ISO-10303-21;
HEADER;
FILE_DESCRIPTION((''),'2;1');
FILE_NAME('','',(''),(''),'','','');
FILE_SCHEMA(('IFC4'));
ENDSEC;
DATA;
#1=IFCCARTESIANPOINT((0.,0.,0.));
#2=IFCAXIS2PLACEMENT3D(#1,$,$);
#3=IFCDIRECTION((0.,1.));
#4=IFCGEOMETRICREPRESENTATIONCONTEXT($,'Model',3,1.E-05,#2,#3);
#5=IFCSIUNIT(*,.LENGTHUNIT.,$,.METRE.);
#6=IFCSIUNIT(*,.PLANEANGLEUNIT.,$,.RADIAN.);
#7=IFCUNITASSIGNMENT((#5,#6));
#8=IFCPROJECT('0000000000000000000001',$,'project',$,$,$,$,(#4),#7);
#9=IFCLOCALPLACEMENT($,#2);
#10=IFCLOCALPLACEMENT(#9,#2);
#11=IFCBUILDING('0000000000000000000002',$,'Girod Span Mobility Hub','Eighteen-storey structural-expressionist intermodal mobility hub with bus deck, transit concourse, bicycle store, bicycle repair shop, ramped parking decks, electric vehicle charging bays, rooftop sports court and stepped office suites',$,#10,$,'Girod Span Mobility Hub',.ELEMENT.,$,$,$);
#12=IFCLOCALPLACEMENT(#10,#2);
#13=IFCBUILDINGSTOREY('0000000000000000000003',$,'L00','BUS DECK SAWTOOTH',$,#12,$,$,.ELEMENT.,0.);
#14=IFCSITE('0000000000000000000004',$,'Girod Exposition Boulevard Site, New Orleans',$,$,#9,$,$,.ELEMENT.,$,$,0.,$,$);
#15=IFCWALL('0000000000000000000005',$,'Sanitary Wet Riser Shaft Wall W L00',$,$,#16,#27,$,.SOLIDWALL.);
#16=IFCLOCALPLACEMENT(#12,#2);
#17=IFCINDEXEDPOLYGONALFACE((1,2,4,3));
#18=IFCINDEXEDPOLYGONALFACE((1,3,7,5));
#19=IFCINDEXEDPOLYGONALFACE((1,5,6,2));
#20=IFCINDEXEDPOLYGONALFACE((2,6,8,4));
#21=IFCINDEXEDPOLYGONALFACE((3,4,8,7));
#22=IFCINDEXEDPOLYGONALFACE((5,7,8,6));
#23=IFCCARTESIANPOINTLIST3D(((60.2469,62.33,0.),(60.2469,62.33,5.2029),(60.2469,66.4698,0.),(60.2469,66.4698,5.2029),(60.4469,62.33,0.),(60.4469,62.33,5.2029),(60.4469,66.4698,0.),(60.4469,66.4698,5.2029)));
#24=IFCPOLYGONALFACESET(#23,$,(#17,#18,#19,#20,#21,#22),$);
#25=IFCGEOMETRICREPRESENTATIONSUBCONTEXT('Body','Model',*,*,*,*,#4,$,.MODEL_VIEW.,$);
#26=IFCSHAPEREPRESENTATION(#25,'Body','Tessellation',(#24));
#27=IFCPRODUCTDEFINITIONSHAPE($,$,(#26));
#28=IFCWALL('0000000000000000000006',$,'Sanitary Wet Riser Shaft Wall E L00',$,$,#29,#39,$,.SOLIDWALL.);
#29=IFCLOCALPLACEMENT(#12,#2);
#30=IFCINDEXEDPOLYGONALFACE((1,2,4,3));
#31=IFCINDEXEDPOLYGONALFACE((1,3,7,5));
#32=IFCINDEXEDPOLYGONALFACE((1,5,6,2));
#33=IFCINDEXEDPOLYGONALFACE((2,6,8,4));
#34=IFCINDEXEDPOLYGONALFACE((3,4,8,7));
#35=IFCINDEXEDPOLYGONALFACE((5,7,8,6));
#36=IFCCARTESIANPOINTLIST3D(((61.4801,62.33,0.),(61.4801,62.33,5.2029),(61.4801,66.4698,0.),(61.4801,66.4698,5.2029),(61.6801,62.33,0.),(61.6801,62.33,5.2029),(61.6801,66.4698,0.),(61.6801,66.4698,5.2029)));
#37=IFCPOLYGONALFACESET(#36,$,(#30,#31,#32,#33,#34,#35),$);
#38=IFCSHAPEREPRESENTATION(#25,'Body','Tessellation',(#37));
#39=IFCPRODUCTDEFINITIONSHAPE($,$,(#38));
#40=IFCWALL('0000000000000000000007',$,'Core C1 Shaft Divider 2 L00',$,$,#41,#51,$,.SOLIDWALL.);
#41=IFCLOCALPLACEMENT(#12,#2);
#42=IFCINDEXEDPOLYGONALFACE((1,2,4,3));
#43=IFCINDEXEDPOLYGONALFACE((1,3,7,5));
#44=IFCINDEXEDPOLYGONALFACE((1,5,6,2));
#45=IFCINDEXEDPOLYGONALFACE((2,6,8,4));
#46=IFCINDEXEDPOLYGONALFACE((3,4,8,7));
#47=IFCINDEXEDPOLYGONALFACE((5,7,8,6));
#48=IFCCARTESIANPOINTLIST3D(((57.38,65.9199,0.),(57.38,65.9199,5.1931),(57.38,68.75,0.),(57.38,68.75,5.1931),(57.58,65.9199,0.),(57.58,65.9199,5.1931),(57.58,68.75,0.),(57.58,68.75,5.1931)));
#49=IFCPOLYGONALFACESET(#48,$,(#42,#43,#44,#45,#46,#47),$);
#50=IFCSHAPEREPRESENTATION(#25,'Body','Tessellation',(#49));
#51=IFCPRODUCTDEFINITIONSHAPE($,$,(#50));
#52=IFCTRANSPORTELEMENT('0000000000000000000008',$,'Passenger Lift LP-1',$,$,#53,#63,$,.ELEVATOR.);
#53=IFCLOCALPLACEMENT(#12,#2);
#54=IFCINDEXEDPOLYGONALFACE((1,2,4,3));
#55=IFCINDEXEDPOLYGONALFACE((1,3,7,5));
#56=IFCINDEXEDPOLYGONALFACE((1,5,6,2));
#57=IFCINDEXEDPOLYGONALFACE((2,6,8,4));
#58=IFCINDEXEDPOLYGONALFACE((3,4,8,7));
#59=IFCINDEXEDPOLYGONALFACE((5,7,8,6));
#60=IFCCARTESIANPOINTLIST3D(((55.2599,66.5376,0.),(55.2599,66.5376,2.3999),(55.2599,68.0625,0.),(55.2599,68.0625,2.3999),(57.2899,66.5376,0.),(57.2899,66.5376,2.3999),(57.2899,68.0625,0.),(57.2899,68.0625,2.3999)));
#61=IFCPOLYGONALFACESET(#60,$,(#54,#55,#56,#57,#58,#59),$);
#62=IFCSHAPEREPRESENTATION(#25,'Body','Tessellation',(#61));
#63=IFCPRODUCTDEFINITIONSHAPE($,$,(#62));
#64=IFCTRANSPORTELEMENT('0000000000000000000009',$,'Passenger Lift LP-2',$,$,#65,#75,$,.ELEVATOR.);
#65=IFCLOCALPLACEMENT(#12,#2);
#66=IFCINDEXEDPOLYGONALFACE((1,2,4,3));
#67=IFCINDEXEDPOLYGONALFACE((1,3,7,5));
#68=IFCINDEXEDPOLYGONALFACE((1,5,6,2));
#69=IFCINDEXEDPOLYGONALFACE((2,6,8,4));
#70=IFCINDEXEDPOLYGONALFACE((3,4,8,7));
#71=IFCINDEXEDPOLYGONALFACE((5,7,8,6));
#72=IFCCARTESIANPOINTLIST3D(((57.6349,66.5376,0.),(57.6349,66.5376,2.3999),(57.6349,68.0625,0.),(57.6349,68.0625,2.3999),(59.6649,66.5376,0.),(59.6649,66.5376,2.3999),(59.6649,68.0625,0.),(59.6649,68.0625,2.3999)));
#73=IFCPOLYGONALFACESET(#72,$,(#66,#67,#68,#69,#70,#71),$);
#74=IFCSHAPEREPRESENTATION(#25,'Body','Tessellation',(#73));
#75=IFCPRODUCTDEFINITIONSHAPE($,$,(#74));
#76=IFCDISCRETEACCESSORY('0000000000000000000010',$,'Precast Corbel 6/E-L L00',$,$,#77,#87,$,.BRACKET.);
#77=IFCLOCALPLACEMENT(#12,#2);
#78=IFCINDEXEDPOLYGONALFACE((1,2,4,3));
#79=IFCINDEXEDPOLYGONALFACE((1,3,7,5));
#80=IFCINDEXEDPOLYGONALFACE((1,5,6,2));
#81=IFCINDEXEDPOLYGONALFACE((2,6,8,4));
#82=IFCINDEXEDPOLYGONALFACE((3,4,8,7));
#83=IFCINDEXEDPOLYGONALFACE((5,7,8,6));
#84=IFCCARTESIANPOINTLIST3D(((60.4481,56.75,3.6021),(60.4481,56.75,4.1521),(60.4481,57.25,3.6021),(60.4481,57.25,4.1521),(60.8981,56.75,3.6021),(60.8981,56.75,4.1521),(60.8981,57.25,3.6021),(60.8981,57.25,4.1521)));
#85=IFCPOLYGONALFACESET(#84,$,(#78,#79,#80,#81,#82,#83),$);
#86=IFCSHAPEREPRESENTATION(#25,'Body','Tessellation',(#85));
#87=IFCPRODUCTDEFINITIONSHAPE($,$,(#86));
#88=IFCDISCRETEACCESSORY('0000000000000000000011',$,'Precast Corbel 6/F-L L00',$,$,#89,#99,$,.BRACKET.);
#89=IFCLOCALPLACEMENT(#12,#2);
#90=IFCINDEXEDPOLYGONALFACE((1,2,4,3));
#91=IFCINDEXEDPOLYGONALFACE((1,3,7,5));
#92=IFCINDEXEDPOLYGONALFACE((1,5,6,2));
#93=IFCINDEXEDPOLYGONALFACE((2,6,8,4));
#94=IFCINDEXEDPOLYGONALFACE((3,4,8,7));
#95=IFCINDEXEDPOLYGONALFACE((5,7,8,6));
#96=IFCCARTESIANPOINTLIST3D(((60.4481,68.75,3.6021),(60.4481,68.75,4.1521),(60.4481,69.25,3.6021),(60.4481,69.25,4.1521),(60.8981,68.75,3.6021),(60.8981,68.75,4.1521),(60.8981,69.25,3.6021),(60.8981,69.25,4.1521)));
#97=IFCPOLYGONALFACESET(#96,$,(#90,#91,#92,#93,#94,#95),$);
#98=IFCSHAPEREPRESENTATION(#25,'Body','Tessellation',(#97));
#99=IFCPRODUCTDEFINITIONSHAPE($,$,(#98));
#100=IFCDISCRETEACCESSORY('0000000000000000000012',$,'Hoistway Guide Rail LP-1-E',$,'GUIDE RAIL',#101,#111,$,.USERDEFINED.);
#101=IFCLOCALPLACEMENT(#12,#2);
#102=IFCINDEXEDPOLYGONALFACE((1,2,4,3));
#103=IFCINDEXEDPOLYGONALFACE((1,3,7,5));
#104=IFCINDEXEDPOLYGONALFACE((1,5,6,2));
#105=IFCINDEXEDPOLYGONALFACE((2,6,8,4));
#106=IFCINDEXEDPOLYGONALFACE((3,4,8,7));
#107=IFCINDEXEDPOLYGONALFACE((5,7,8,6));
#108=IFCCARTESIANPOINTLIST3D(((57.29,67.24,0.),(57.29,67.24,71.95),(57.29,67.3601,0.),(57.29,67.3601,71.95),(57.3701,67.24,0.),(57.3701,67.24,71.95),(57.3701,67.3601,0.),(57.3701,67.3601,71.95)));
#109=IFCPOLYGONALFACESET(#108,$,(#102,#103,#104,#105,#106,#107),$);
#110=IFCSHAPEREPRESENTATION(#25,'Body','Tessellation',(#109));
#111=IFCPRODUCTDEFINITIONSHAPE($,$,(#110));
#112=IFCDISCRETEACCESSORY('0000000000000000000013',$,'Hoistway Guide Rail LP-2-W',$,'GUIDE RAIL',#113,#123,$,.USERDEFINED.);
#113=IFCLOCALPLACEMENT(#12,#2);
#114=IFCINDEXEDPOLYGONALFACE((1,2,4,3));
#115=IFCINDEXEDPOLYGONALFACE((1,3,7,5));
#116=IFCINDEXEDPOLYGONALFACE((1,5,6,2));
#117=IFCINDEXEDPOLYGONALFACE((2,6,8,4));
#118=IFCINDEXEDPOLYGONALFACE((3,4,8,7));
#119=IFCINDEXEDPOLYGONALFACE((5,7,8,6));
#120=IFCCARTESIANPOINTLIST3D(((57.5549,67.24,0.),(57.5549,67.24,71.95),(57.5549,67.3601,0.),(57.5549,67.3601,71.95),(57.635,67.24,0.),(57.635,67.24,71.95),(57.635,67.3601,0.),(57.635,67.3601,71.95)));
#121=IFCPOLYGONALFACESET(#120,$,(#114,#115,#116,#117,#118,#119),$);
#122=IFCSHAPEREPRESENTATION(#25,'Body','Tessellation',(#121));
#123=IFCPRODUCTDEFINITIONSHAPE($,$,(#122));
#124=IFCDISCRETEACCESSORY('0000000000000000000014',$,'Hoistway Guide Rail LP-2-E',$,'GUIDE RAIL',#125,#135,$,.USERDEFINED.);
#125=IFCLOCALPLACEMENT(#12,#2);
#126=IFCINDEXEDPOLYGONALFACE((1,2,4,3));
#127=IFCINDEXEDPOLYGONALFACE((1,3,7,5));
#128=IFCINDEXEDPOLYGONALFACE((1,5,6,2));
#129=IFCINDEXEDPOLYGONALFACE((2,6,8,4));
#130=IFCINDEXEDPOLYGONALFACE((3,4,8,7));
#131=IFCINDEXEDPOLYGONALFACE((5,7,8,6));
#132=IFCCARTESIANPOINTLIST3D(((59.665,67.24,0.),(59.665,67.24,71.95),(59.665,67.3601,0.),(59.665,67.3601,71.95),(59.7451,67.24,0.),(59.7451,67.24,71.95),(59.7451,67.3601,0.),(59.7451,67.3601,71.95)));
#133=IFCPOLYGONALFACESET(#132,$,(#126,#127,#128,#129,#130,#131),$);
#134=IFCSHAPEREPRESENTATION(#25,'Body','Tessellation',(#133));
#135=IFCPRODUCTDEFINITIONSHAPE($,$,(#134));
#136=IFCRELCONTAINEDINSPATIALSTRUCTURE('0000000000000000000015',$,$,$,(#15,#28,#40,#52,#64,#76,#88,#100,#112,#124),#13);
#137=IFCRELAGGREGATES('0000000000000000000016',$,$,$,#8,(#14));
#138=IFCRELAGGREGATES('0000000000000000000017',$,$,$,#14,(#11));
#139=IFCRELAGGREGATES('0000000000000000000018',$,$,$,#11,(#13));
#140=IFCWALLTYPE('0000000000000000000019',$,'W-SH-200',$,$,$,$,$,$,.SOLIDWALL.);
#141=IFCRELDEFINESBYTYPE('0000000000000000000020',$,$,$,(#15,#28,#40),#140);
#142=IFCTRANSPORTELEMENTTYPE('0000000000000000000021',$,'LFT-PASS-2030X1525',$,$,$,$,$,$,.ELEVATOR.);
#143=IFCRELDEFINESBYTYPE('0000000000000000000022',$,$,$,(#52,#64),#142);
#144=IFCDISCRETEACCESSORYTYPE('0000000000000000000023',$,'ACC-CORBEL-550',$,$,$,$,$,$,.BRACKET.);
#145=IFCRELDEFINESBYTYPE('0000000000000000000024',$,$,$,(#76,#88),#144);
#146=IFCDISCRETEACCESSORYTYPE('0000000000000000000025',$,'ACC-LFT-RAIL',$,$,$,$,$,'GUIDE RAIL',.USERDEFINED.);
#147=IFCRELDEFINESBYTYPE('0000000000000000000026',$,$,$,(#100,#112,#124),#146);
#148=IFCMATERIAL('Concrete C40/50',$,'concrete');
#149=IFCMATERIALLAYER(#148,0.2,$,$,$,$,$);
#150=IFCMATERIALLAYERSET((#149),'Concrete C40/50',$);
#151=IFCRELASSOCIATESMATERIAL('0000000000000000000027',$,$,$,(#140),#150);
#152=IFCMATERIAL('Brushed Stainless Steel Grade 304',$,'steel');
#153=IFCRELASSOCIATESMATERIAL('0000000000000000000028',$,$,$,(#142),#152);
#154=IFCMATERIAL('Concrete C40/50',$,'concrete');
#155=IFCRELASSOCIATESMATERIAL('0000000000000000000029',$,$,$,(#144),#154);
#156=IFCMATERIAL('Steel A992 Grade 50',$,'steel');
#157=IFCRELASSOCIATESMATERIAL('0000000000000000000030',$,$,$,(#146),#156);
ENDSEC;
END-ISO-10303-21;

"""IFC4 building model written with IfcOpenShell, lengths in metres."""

from ifc_helpers import new_model, si_unit, direction, frame, frame_2d, origin, origin_2d, place, context, subcontext, project, spatial, rectangle, extrude, material, layer, layer_set, type_object, element, save


model = new_model("IFC4")

# Units and contexts
model_context = context("Model", 3, precision=1e-05, world=origin(), true_north=direction((0.0, 1.0)))
body_context = subcontext(model_context, "Body", "Model", "MODEL_VIEW")
ifc_project = project(units=[si_unit("LENGTHUNIT", "METRE"), si_unit("PLANEANGLEUNIT", "RADIAN")], contexts=[model_context])

# Site, building, storey
site_placement = place(None, origin())
site = spatial("IfcSite", under=ifc_project, at=site_placement, Name="Girod Exposition Boulevard Site, New Orleans", CompositionType="ELEMENT", RefElevation=0.0)
building_placement = place(site_placement, origin())
building = spatial("IfcBuilding", under=site, at=building_placement, Name="Girod Span Mobility Hub", Description="Eighteen-storey structural-expressionist intermodal mobility hub with bus deck, transit concourse, bicycle store, bicycle repair shop, ramped parking decks, electric vehicle charging bays, rooftop sports court and stepped office suites", LongName="Girod Span Mobility Hub", CompositionType="ELEMENT")
storey_placement = place(building_placement, origin())
storey = spatial("IfcBuildingStorey", under=building, at=storey_placement, Name="L00", Description="BUS DECK SAWTOOTH", CompositionType="ELEMENT", Elevation=0.0)

# Walls
ifc_material_1 = material(Name="Concrete C40/50", Category="concrete")
ifc_layer_1 = layer(ifc_material_1, 0.2)
ifc_layer_set_1 = layer_set([ifc_layer_1], Name="Concrete C40/50")
wall_type_1 = type_object("IfcWallType", Name="W-SH-200", PredefinedType="SOLIDWALL", material=ifc_layer_set_1)
for number, where, z_axis, x_axis, name in (
    (1, (60.3469, 62.3301, 0.0), (0.0, 0.0, 1.0), (0.0, 1.0, 0.0), "Sanitary Wet Riser Shaft Wall W L00"),
    (2, (61.5801, 62.3301, 0.0), (0.0, 0.0, 1.0), (0.0, 1.0, 0.0), "Sanitary Wet Riser Shaft Wall E L00"),
):
    element("IfcWall", number, at=place(storey_placement, frame(where, z_axis=z_axis, x_axis=x_axis)), inside=storey, type_object=wall_type_1, Name=name, PredefinedType="SOLIDWALL", context=body_context, shape_type="SweptSolid", body=[
        extrude(rectangle(XDim=4.1399, YDim=0.2, at=frame_2d((2.0698, 0.0))), origin(), (0.0, 0.0, 1.0), 5.2029),
    ])
wall_1_placement = place(storey_placement, frame((57.48, 65.9199, 0.0), z_axis=(0.0, 0.0, 1.0), x_axis=(0.0, 1.0, 0.0)))
element("IfcWall", 3, at=wall_1_placement, inside=storey, type_object=wall_type_1, Name="Core C1 Shaft Divider 2 L00", PredefinedType="SOLIDWALL", context=body_context, shape_type="SweptSolid", body=[
    extrude(rectangle(XDim=2.8301, YDim=0.2, at=frame_2d((1.415, 0.0))), origin(), (0.0, 0.0, 1.0), 5.1931),
])

# Transport elements
ifc_material_2 = material(Name="Brushed Stainless Steel Grade 304", Category="steel")
transport_element_type = type_object("IfcTransportElementType", Name="LFT-PASS-2030X1525", PredefinedType="ELEVATOR", material=ifc_material_2)
for number, where, z_axis, x_axis, name in (
    (4, (56.2749, 67.3, 0.0), (0.0, 0.0, 1.0), (1.0, 0.0, 0.0), "Passenger Lift LP-1"),
    (5, (58.6499, 67.3, 0.0), (0.0, 0.0, 1.0), (1.0, 0.0, 0.0), "Passenger Lift LP-2"),
):
    element("IfcTransportElement", number, at=place(storey_placement, frame(where, z_axis=z_axis, x_axis=x_axis)), inside=storey, type_object=transport_element_type, Name=name, PredefinedType="ELEVATOR", context=body_context, shape_type="SweptSolid", body=[
        extrude(rectangle(XDim=2.03, YDim=1.5249, at=origin_2d()), origin(), (0.0, 0.0, 1.0), 2.3999),
    ])

# Discrete accessories
ifc_material_3 = material(Name="Concrete C40/50", Category="concrete")
discrete_accessory_type_1 = type_object("IfcDiscreteAccessoryType", Name="ACC-CORBEL-550", PredefinedType="BRACKET", material=ifc_material_3)
for number, where, z_axis, x_axis, name in (
    (6, (60.6731, 57.0, 3.6021), (0.0, 0.0, 1.0), (1.0, 0.0, 0.0), "Precast Corbel 6/E-L L00"),
    (7, (60.6731, 69.0, 3.6021), (0.0, 0.0, 1.0), (1.0, 0.0, 0.0), "Precast Corbel 6/F-L L00"),
):
    element("IfcDiscreteAccessory", number, at=place(storey_placement, frame(where, z_axis=z_axis, x_axis=x_axis)), inside=storey, type_object=discrete_accessory_type_1, Name=name, PredefinedType="BRACKET", context=body_context, shape_type="SweptSolid", body=[
        extrude(rectangle(XDim=0.45, YDim=0.5, at=origin_2d()), origin(), (0.0, 0.0, 1.0), 0.55),
    ])
ifc_material_4 = material(Name="Steel A992 Grade 50", Category="steel")
discrete_accessory_type_2 = type_object("IfcDiscreteAccessoryType", Name="ACC-LFT-RAIL", ElementType="GUIDE RAIL", PredefinedType="USERDEFINED", material=ifc_material_4)
for number, where, z_axis, x_axis, name in (
    (8, (57.3301, 67.3, 0.0), (0.0, 0.0, 1.0), (1.0, 0.0, 0.0), "Hoistway Guide Rail LP-1-E"),
    (9, (57.595, 67.3, 0.0), (0.0, 0.0, 1.0), (1.0, 0.0, 0.0), "Hoistway Guide Rail LP-2-W"),
    (10, (59.7051, 67.3, 0.0), (0.0, 0.0, 1.0), (1.0, 0.0, 0.0), "Hoistway Guide Rail LP-2-E"),
):
    element("IfcDiscreteAccessory", number, at=place(storey_placement, frame(where, z_axis=z_axis, x_axis=x_axis)), inside=storey, type_object=discrete_accessory_type_2, Name=name, ObjectType="GUIDE RAIL", PredefinedType="USERDEFINED", context=body_context, shape_type="SweptSolid", body=[
        extrude(rectangle(XDim=0.0801, YDim=0.1201, at=origin_2d()), origin(), (0.0, 0.0, 1.0), 71.95),
    ])

save(model, "model.ifc")
